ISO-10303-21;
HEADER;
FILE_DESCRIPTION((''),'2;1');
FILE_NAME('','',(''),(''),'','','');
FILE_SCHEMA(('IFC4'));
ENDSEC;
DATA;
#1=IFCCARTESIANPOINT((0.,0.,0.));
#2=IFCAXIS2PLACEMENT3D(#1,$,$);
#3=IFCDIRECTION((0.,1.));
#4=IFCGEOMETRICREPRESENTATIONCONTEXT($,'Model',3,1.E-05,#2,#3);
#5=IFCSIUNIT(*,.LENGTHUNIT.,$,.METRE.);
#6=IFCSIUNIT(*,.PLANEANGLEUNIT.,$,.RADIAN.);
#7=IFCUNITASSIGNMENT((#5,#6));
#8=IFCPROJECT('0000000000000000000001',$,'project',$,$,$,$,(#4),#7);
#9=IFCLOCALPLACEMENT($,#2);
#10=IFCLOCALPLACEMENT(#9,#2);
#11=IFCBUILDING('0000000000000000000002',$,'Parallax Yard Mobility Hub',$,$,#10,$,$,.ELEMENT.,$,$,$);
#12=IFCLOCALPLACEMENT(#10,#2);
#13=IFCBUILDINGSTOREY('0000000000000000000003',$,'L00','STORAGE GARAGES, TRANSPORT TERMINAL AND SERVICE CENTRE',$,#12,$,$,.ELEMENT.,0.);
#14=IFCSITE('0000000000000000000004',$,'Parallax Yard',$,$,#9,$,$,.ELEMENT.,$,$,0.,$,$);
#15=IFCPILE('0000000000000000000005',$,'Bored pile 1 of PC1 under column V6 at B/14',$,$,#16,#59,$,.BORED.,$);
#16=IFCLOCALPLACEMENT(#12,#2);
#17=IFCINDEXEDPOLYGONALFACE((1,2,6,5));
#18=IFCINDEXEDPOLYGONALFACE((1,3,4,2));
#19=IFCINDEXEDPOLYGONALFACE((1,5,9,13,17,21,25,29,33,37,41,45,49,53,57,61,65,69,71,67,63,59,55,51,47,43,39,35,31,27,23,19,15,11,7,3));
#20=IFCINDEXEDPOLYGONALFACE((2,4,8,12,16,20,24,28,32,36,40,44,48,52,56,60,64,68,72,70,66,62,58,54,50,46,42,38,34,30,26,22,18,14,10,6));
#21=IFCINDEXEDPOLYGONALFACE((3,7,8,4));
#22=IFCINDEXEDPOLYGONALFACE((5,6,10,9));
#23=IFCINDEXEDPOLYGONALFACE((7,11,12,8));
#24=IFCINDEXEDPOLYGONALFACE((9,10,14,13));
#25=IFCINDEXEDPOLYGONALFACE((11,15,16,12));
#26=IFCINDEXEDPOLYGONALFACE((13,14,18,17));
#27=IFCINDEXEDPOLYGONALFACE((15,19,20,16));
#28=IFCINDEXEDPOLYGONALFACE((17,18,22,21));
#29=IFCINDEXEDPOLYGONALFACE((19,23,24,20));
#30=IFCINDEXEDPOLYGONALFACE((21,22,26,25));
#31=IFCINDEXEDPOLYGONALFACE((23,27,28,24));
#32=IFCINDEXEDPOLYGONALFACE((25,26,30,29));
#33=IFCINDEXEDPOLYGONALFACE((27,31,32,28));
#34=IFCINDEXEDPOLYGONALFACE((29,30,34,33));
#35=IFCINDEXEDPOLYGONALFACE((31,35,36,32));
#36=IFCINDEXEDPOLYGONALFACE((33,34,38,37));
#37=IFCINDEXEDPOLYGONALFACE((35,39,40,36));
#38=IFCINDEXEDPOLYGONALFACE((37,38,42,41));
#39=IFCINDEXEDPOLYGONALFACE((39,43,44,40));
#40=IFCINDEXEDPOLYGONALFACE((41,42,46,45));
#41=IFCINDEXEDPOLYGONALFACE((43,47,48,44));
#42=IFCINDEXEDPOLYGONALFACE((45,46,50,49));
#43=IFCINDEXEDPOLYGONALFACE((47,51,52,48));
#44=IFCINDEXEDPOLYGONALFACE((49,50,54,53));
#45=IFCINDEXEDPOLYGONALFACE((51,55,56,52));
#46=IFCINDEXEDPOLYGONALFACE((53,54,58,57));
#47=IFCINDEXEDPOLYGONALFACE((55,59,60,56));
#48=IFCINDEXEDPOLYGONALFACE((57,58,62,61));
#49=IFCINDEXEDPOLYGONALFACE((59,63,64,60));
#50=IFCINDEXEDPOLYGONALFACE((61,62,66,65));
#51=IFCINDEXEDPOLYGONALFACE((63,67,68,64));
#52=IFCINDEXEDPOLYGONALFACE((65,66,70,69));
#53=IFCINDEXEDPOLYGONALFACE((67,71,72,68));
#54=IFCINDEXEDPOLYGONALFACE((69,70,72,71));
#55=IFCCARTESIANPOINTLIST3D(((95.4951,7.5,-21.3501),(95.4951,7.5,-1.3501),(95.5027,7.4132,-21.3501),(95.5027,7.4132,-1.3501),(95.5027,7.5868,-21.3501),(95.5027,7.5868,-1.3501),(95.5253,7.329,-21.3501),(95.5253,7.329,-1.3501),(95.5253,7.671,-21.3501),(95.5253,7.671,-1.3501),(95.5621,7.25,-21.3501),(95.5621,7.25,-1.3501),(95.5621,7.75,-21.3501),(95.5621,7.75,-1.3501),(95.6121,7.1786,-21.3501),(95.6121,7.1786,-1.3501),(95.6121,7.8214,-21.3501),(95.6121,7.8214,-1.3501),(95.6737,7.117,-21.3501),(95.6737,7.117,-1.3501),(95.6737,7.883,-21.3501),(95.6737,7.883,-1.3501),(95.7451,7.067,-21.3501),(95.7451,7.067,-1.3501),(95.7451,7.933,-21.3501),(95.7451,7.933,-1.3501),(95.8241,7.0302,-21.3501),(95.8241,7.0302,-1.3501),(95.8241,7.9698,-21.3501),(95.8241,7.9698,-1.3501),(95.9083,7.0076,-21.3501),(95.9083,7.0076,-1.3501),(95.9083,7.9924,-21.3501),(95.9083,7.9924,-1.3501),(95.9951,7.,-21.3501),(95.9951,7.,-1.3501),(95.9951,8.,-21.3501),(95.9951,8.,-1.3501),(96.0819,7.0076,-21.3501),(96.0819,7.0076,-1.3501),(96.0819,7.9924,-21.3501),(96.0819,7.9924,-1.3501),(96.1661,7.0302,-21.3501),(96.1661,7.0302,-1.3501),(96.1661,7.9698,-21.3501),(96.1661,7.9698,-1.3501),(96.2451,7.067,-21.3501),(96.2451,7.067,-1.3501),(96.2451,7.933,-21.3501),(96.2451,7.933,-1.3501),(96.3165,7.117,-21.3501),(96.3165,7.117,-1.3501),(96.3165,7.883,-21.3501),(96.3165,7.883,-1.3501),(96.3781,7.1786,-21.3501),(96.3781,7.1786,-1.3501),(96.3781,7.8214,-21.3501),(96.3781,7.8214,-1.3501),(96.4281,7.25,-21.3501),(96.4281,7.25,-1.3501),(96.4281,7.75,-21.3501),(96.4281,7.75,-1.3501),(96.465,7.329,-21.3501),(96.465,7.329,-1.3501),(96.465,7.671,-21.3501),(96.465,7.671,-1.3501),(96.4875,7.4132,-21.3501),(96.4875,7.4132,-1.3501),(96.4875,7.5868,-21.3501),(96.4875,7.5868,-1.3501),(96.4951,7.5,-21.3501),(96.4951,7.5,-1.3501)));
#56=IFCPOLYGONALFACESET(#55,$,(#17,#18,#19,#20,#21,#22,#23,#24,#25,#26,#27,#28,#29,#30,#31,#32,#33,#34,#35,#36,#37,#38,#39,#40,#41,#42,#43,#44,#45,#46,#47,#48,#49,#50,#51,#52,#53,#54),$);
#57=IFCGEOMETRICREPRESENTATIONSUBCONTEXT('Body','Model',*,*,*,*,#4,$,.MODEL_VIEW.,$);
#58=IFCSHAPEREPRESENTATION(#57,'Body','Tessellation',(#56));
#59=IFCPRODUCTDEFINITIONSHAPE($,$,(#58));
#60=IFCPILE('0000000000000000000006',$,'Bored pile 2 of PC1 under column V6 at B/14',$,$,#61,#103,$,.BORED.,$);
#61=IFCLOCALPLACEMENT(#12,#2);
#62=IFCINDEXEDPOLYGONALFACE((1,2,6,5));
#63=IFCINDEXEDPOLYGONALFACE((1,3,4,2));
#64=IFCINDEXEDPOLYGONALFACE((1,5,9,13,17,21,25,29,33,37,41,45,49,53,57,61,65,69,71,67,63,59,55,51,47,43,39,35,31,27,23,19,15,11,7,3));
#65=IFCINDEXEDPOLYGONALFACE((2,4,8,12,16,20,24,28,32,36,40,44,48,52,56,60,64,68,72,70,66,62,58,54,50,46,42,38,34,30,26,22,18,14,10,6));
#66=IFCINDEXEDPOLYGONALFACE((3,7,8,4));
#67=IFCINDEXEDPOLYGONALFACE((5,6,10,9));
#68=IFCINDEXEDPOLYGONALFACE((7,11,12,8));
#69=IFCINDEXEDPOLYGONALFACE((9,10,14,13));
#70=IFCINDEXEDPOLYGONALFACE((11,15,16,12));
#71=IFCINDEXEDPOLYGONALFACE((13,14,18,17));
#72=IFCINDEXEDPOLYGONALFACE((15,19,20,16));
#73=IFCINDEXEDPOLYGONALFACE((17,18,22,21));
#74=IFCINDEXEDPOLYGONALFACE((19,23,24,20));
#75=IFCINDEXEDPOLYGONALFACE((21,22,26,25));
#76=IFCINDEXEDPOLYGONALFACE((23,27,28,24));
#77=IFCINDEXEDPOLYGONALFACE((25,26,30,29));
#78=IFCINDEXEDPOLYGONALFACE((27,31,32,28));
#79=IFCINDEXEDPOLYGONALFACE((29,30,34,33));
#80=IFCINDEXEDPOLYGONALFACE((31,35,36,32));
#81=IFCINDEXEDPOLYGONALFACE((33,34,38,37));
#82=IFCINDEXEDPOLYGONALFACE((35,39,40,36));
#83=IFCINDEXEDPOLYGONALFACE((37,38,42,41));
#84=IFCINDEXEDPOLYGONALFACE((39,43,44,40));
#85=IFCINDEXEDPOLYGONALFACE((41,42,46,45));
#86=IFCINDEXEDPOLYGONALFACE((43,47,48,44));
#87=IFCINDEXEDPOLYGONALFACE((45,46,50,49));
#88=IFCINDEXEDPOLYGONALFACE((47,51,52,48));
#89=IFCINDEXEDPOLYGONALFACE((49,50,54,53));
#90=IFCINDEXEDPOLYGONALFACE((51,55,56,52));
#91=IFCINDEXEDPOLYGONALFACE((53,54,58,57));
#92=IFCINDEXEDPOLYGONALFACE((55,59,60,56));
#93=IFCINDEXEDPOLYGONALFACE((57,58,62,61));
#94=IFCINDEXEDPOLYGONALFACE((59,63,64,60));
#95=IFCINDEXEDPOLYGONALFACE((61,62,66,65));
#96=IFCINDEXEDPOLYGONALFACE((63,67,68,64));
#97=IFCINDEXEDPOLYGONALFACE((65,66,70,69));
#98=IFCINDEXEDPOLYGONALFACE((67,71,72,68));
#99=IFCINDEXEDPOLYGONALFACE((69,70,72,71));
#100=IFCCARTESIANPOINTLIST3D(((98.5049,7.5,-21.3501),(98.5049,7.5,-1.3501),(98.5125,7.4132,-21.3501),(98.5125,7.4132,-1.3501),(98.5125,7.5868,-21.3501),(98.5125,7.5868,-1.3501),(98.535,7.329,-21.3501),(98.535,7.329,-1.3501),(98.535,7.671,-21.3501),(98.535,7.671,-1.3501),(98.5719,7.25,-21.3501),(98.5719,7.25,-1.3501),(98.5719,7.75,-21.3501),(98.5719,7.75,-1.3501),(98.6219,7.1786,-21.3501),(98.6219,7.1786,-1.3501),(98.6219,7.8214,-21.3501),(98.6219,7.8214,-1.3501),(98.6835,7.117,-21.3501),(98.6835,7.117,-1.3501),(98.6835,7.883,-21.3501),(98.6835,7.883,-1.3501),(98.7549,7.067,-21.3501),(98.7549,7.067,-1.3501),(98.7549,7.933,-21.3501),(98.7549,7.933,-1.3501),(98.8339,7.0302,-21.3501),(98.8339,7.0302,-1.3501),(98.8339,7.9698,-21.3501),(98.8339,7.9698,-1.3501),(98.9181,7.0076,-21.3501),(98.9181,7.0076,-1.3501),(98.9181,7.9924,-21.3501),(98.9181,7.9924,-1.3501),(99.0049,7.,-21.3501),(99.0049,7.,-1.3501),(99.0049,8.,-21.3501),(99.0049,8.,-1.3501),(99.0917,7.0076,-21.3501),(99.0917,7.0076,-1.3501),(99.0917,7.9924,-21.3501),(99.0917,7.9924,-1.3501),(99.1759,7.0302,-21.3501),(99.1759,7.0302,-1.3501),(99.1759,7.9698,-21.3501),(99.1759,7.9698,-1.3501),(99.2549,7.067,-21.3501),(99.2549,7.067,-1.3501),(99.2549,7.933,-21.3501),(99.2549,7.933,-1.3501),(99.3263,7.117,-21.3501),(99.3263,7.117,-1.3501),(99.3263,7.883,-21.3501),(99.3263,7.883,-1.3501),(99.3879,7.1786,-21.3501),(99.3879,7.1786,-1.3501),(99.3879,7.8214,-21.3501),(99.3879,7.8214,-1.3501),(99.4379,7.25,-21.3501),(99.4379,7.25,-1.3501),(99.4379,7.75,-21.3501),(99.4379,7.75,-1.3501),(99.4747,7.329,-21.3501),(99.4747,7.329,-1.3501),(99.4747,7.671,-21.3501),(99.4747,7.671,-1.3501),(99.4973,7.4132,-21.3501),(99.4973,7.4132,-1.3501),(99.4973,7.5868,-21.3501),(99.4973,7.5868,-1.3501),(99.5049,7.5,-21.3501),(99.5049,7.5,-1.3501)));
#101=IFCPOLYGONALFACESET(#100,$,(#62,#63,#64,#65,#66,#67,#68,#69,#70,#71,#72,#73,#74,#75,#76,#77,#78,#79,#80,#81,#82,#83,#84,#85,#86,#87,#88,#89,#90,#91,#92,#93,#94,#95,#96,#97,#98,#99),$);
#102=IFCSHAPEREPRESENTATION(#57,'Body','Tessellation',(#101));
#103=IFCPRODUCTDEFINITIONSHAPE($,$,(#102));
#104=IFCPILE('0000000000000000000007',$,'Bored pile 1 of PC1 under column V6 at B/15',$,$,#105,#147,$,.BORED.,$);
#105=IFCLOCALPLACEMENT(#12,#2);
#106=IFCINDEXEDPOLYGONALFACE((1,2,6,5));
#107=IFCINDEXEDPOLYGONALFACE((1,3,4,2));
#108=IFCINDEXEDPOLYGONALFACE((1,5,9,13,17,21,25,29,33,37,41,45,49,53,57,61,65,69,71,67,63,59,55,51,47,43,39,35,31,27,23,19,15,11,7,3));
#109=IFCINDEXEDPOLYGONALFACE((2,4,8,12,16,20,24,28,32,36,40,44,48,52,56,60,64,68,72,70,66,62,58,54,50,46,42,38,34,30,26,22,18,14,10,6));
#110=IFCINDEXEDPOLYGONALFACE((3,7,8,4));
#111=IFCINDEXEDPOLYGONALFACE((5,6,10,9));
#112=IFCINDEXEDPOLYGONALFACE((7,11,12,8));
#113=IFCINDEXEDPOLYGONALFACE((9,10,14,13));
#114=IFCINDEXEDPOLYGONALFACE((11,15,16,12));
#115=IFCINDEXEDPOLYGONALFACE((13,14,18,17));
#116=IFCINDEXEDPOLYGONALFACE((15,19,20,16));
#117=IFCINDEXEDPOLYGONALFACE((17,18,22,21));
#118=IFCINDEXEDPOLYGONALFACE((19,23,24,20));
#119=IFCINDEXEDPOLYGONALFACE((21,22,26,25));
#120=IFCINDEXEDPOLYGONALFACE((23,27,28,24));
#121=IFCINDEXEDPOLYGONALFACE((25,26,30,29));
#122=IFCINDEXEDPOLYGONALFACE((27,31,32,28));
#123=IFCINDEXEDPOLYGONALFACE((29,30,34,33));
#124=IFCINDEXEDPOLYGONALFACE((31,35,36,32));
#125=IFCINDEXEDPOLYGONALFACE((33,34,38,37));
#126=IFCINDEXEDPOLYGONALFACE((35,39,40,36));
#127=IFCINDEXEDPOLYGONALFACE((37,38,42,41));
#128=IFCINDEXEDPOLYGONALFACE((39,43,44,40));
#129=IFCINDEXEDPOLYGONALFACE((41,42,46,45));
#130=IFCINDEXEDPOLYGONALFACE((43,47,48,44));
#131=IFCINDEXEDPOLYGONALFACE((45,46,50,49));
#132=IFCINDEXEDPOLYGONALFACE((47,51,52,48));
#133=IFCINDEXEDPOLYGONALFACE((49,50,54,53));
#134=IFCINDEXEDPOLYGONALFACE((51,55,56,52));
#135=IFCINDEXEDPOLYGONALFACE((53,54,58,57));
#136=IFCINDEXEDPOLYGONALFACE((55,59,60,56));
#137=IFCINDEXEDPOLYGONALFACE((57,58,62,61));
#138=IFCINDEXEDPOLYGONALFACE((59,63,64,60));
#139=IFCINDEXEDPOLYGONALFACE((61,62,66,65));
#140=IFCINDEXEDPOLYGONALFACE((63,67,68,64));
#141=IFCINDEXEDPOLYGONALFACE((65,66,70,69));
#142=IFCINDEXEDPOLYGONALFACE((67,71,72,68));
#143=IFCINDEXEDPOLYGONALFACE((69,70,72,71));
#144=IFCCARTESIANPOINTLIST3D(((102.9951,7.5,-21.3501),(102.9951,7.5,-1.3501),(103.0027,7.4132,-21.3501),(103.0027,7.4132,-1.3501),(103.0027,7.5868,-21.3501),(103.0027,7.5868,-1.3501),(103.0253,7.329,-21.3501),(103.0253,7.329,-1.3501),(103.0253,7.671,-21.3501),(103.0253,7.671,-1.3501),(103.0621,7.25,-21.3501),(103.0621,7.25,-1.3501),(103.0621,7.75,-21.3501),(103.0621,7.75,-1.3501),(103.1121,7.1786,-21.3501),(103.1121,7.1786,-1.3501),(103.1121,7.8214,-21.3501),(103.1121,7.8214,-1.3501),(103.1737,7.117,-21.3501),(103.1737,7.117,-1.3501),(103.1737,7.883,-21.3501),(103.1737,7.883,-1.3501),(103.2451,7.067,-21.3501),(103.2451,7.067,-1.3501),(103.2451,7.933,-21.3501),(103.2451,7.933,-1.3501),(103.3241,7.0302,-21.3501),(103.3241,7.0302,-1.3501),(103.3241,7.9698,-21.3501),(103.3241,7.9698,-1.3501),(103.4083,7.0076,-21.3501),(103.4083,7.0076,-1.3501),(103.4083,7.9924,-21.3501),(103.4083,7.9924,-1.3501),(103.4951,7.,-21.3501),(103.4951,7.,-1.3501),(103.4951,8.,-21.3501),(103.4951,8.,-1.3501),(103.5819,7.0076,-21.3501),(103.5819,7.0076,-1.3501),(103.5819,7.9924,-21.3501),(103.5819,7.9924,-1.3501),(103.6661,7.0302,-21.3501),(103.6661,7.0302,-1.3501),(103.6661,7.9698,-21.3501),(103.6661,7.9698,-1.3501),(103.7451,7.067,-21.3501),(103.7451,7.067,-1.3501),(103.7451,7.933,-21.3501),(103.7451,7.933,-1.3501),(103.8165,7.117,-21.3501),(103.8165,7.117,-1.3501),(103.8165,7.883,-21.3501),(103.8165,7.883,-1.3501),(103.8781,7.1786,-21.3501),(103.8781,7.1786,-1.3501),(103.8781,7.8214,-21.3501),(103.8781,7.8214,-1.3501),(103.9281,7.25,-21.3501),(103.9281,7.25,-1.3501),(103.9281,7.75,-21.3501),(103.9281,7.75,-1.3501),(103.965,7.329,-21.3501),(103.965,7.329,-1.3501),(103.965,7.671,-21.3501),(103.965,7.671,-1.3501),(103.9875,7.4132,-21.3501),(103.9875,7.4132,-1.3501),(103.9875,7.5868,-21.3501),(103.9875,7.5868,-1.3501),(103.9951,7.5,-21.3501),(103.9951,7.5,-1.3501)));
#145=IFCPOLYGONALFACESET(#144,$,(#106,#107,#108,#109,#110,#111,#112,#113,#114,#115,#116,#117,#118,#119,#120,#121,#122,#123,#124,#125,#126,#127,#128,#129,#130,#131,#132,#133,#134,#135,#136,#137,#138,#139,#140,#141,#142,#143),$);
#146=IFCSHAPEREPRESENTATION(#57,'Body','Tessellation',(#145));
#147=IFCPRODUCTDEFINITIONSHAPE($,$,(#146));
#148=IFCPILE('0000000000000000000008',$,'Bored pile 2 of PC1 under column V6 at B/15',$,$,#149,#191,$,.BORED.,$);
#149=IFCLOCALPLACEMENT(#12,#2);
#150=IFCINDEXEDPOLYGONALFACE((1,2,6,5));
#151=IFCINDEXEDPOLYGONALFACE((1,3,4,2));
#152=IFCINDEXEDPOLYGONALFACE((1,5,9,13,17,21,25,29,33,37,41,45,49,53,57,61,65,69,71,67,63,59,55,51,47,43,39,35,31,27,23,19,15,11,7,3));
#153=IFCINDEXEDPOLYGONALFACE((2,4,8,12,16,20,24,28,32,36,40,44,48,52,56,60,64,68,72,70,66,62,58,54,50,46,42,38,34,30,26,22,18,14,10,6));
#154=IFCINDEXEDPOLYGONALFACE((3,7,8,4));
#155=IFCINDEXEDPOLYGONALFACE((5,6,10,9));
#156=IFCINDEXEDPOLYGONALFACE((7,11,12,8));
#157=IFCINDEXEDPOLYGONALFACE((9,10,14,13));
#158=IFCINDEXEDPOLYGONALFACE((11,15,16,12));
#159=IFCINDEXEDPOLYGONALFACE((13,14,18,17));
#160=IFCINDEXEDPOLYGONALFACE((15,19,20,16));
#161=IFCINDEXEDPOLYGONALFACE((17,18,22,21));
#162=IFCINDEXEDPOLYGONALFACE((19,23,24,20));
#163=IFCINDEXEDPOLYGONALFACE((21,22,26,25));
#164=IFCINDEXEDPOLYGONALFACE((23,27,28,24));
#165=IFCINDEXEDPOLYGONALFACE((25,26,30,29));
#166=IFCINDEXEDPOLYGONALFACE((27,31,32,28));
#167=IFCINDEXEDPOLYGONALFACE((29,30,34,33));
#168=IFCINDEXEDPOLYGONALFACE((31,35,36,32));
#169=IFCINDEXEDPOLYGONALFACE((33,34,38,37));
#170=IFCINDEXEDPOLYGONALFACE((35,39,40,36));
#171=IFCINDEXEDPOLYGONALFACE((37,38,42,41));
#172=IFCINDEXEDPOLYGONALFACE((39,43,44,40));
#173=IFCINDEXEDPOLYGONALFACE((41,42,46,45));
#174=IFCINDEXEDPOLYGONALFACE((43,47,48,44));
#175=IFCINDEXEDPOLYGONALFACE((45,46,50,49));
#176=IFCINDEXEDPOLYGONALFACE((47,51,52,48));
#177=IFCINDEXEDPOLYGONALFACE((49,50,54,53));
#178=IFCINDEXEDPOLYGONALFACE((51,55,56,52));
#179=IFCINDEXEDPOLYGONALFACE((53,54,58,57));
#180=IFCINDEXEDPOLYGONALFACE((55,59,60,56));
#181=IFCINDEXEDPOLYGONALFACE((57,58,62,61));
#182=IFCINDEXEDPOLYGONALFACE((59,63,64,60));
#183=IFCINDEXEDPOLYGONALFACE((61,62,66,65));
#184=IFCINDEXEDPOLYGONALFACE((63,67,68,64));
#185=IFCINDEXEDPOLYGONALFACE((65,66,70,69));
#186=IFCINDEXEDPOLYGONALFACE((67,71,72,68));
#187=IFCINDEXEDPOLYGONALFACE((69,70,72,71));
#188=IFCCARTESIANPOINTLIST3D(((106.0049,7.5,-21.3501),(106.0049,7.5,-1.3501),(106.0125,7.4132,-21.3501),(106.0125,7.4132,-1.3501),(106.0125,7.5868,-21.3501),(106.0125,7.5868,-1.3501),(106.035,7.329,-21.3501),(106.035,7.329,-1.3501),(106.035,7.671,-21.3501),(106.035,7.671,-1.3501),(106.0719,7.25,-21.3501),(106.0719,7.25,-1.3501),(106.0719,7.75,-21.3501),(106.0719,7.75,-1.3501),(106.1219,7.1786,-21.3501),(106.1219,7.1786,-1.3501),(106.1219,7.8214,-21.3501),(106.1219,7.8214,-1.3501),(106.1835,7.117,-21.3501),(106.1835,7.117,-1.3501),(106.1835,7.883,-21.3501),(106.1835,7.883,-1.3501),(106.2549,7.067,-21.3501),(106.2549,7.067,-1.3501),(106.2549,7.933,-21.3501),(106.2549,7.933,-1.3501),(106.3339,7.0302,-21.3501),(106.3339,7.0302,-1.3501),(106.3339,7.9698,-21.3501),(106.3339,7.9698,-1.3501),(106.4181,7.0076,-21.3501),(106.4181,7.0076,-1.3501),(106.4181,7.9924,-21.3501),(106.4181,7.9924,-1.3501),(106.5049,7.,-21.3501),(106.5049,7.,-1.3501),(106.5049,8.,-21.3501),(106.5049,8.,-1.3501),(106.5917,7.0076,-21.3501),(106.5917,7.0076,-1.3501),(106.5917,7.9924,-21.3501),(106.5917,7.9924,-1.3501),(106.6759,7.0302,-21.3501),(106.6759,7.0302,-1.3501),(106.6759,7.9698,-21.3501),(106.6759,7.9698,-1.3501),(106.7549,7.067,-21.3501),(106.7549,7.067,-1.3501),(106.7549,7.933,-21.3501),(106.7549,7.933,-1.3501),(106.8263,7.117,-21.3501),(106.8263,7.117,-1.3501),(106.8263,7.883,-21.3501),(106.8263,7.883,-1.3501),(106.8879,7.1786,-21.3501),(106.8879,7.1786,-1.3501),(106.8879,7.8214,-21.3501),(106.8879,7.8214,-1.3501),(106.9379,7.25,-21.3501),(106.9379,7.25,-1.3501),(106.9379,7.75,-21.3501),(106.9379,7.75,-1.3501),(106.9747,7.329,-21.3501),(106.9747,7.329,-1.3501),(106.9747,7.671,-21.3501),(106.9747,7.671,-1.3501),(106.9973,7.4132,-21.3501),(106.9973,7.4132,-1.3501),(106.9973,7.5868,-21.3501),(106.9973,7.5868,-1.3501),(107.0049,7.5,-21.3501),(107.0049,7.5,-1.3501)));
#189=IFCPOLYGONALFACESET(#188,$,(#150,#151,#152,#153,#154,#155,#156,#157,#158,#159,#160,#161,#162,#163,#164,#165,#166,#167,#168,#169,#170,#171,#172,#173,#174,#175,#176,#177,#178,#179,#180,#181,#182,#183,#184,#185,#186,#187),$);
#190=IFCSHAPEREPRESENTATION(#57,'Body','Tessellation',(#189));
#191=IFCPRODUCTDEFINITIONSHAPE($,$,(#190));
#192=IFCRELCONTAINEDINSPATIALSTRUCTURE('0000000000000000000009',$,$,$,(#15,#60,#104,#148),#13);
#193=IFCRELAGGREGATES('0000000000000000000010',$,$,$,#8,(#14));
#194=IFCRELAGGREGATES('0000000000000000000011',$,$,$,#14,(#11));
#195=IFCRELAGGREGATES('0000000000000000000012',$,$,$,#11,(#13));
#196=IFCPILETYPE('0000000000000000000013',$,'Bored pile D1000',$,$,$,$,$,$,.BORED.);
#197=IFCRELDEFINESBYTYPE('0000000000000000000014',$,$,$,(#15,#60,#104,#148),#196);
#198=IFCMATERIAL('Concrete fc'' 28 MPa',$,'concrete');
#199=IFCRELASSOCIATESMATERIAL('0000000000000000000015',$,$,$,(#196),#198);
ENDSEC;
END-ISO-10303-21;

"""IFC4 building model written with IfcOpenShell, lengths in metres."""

from ifc_helpers import new_model, si_unit, direction, frame, origin, origin_2d, place, context, subcontext, project, spatial, circle, extrude, material, material_profile, profile_set, type_object, element, save


model = new_model("IFC4")

# Units and contexts
model_context = context("Model", 3, precision=1e-05, world=origin(), true_north=direction((0.0, 1.0)))
body_context = subcontext(model_context, "Body", "Model", "MODEL_VIEW")
ifc_project = project(units=[si_unit("LENGTHUNIT", "METRE"), si_unit("PLANEANGLEUNIT", "RADIAN")], contexts=[model_context])

# Site, building, storey
site_placement = place(None, origin())
site = spatial("IfcSite", under=ifc_project, at=site_placement, Name="Parallax Yard", CompositionType="ELEMENT", RefElevation=0.0)
building_placement = place(site_placement, origin())
building = spatial("IfcBuilding", under=site, at=building_placement, Name="Parallax Yard Mobility Hub", CompositionType="ELEMENT")
storey_placement = place(building_placement, origin())
storey = spatial("IfcBuildingStorey", under=building, at=storey_placement, Name="L00", Description="STORAGE GARAGES, TRANSPORT TERMINAL AND SERVICE CENTRE", CompositionType="ELEMENT", Elevation=0.0)

# Piles
ifc_material_1 = material(Name="Concrete fc' 28 MPa", Category="concrete")
ifc_material_profile_1 = material_profile(ifc_material_1, circle(Radius=0.5, at=origin_2d()), Name="Bored pile D1000")
ifc_profile_set_1 = profile_set([ifc_material_profile_1], Name="Concrete fc' 28 MPa")
pile_type = type_object("IfcPileType", Name="Bored pile D1000", PredefinedType="BORED", material=ifc_profile_set_1)
for number, where, z_axis, x_axis, name in (
    (1, (95.9951, 7.5, -1.3501), (0.0, 0.0, -1.0), (1.0, 0.0, 0.0), "Bored pile 1 of PC1 under column V6 at B/14"),
    (2, (99.0049, 7.5, -1.3501), (0.0, 0.0, -1.0), (1.0, 0.0, 0.0), "Bored pile 2 of PC1 under column V6 at B/14"),
    (3, (103.4951, 7.5, -1.3501), (0.0, 0.0, -1.0), (1.0, 0.0, 0.0), "Bored pile 1 of PC1 under column V6 at B/15"),
    (4, (106.5049, 7.5, -1.3501), (0.0, 0.0, -1.0), (1.0, 0.0, 0.0), "Bored pile 2 of PC1 under column V6 at B/15"),
):
    element("IfcPile", number, at=place(storey_placement, frame(where, z_axis=z_axis, x_axis=x_axis)), inside=storey, type_object=pile_type, Name=name, PredefinedType="BORED", context=body_context, shape_type="SweptSolid", body=[
        extrude(circle(Radius=0.5, at=origin_2d()), origin(), (0.0, 0.0, 1.0), 20.0),
    ])

save(model, "model.ifc")
